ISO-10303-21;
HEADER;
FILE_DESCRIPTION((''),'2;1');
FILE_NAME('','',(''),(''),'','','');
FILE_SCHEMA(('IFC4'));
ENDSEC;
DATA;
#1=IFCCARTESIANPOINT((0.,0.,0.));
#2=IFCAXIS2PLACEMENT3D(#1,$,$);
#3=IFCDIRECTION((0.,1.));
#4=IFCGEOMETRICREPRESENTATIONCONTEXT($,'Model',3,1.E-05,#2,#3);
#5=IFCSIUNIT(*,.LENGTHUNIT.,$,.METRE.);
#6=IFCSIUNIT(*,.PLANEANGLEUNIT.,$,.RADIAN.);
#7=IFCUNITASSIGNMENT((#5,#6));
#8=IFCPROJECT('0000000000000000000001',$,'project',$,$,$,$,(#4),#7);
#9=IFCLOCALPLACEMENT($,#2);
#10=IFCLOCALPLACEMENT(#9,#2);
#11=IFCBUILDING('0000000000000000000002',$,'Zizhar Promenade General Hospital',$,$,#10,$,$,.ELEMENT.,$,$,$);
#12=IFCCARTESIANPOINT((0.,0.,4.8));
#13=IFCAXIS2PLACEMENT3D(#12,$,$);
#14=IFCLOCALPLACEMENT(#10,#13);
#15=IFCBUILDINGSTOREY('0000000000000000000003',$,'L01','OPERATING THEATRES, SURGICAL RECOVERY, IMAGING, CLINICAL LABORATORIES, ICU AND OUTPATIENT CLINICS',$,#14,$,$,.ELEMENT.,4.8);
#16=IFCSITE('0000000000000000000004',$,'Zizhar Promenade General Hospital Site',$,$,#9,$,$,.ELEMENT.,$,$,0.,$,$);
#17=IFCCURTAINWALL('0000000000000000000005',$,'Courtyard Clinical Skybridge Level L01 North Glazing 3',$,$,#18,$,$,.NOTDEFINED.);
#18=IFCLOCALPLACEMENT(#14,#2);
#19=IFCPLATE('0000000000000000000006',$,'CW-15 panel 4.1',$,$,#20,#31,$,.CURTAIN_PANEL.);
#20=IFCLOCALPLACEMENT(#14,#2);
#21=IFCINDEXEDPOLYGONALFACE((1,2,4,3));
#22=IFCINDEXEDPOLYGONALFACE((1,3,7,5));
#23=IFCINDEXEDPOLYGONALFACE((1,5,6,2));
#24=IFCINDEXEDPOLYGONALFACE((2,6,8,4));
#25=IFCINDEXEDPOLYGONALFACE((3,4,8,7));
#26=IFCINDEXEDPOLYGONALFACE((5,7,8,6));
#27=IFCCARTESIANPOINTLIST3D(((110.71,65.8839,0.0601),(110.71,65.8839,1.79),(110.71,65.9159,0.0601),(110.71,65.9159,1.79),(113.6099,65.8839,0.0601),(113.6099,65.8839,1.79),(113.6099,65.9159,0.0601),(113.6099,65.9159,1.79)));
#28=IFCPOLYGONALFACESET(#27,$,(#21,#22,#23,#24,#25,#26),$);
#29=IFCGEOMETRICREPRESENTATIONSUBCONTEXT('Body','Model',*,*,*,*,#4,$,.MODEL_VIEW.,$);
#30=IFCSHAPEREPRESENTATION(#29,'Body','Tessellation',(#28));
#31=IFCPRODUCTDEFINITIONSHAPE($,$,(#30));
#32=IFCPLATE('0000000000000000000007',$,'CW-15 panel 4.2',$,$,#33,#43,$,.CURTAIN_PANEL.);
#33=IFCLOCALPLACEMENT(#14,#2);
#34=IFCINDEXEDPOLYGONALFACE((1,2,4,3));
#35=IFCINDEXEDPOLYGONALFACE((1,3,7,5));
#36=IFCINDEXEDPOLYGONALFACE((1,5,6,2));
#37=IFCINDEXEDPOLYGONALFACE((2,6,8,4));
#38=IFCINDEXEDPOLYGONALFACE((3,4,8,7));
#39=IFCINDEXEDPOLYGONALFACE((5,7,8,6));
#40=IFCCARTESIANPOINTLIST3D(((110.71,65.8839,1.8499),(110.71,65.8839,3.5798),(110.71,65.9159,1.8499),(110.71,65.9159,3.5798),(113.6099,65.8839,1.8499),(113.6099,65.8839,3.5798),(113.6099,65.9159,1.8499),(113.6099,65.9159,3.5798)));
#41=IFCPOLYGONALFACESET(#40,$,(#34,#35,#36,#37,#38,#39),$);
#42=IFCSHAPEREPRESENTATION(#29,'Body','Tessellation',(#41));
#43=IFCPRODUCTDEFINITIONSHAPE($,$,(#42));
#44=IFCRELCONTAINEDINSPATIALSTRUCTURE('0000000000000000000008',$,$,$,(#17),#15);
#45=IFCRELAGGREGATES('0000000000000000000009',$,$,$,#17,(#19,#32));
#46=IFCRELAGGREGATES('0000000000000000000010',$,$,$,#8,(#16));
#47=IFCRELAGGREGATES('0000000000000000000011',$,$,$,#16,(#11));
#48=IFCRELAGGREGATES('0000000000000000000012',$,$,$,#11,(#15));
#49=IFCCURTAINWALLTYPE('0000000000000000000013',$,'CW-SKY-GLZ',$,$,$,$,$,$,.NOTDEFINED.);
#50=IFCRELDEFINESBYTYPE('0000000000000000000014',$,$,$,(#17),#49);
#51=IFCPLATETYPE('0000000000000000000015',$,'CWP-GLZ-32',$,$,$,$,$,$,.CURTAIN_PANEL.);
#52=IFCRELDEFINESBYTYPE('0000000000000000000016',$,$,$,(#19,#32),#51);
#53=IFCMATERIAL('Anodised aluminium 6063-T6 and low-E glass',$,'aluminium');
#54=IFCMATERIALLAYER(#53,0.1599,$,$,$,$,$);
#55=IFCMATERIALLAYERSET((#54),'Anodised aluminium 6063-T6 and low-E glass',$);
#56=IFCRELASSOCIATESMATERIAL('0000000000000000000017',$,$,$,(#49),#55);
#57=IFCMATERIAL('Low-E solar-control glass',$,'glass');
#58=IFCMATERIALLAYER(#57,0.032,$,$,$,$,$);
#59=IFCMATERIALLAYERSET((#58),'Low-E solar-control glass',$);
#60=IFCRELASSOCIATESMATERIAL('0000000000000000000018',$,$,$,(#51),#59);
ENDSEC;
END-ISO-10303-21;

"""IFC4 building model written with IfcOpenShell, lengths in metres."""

from ifc_helpers import new_model, si_unit, direction, frame, origin, origin_2d, place, context, subcontext, project, spatial, rectangle, extrude, material, layer, layer_set, type_object, element, aggregate, save


model = new_model("IFC4")

# Units and contexts
model_context = context("Model", 3, precision=1e-05, world=origin(), true_north=direction((0.0, 1.0)))
body_context = subcontext(model_context, "Body", "Model", "MODEL_VIEW")
ifc_project = project(units=[si_unit("LENGTHUNIT", "METRE"), si_unit("PLANEANGLEUNIT", "RADIAN")], contexts=[model_context])

# Site, building, storey
site_placement = place(None, origin())
site = spatial("IfcSite", under=ifc_project, at=site_placement, Name="Zizhar Promenade General Hospital Site", CompositionType="ELEMENT", RefElevation=0.0)
building_placement = place(site_placement, origin())
building = spatial("IfcBuilding", under=site, at=building_placement, Name="Zizhar Promenade General Hospital", CompositionType="ELEMENT")
storey_placement = place(building_placement, frame((0.0, 0.0, 4.8)))
storey = spatial("IfcBuildingStorey", under=building, at=storey_placement, Name="L01", Description="OPERATING THEATRES, SURGICAL RECOVERY, IMAGING, CLINICAL LABORATORIES, ICU AND OUTPATIENT CLINICS", CompositionType="ELEMENT", Elevation=4.8)

# Curtain wall
ifc_material_1 = material(Name="Anodised aluminium 6063-T6 and low-E glass", Category="aluminium")
ifc_layer_1 = layer(ifc_material_1, 0.1599)
ifc_layer_set_1 = layer_set([ifc_layer_1], Name="Anodised aluminium 6063-T6 and low-E glass")
curtain_wall_type = type_object("IfcCurtainWallType", Name="CW-SKY-GLZ", PredefinedType="NOTDEFINED", material=ifc_layer_set_1)
curtain_wall_placement = place(storey_placement, origin())
curtain_wall = element("IfcCurtainWall", 1, at=curtain_wall_placement, inside=storey, type_object=curtain_wall_type, Name="Courtyard Clinical Skybridge Level L01 North Glazing 3", PredefinedType="NOTDEFINED")

# Plates
ifc_material_2 = material(Name="Low-E solar-control glass", Category="glass")
ifc_layer_2 = layer(ifc_material_2, 0.032)
ifc_layer_set_2 = layer_set([ifc_layer_2], Name="Low-E solar-control glass")
plate_type = type_object("IfcPlateType", Name="CWP-GLZ-32", PredefinedType="CURTAIN_PANEL", material=ifc_layer_set_2)
plate_1_placement = place(storey_placement, frame((112.1599, 65.8999, 0.0601), z_axis=(0.0, 0.0, 1.0), x_axis=(1.0, 0.0, 0.0)))
plate_1 = element("IfcPlate", 2, at=plate_1_placement, type_object=plate_type, Name="CW-15 panel 4.1", PredefinedType="CURTAIN_PANEL", context=body_context, shape_type="SweptSolid", body=[
    extrude(rectangle(XDim=2.8999, YDim=0.032, at=origin_2d()), origin(), (0.0, 0.0, 1.0), 1.73),
])
plate_2_placement = place(storey_placement, frame((112.1599, 65.8999, 1.8499), z_axis=(0.0, 0.0, 1.0), x_axis=(1.0, 0.0, 0.0)))
plate_2 = element("IfcPlate", 3, at=plate_2_placement, type_object=plate_type, Name="CW-15 panel 4.2", PredefinedType="CURTAIN_PANEL", context=body_context, shape_type="SweptSolid", body=[
    extrude(rectangle(XDim=2.8999, YDim=0.032, at=origin_2d()), origin(), (0.0, 0.0, 1.0), 1.73),
])
aggregate(curtain_wall, [plate_1, plate_2])

save(model, "model.ifc")
